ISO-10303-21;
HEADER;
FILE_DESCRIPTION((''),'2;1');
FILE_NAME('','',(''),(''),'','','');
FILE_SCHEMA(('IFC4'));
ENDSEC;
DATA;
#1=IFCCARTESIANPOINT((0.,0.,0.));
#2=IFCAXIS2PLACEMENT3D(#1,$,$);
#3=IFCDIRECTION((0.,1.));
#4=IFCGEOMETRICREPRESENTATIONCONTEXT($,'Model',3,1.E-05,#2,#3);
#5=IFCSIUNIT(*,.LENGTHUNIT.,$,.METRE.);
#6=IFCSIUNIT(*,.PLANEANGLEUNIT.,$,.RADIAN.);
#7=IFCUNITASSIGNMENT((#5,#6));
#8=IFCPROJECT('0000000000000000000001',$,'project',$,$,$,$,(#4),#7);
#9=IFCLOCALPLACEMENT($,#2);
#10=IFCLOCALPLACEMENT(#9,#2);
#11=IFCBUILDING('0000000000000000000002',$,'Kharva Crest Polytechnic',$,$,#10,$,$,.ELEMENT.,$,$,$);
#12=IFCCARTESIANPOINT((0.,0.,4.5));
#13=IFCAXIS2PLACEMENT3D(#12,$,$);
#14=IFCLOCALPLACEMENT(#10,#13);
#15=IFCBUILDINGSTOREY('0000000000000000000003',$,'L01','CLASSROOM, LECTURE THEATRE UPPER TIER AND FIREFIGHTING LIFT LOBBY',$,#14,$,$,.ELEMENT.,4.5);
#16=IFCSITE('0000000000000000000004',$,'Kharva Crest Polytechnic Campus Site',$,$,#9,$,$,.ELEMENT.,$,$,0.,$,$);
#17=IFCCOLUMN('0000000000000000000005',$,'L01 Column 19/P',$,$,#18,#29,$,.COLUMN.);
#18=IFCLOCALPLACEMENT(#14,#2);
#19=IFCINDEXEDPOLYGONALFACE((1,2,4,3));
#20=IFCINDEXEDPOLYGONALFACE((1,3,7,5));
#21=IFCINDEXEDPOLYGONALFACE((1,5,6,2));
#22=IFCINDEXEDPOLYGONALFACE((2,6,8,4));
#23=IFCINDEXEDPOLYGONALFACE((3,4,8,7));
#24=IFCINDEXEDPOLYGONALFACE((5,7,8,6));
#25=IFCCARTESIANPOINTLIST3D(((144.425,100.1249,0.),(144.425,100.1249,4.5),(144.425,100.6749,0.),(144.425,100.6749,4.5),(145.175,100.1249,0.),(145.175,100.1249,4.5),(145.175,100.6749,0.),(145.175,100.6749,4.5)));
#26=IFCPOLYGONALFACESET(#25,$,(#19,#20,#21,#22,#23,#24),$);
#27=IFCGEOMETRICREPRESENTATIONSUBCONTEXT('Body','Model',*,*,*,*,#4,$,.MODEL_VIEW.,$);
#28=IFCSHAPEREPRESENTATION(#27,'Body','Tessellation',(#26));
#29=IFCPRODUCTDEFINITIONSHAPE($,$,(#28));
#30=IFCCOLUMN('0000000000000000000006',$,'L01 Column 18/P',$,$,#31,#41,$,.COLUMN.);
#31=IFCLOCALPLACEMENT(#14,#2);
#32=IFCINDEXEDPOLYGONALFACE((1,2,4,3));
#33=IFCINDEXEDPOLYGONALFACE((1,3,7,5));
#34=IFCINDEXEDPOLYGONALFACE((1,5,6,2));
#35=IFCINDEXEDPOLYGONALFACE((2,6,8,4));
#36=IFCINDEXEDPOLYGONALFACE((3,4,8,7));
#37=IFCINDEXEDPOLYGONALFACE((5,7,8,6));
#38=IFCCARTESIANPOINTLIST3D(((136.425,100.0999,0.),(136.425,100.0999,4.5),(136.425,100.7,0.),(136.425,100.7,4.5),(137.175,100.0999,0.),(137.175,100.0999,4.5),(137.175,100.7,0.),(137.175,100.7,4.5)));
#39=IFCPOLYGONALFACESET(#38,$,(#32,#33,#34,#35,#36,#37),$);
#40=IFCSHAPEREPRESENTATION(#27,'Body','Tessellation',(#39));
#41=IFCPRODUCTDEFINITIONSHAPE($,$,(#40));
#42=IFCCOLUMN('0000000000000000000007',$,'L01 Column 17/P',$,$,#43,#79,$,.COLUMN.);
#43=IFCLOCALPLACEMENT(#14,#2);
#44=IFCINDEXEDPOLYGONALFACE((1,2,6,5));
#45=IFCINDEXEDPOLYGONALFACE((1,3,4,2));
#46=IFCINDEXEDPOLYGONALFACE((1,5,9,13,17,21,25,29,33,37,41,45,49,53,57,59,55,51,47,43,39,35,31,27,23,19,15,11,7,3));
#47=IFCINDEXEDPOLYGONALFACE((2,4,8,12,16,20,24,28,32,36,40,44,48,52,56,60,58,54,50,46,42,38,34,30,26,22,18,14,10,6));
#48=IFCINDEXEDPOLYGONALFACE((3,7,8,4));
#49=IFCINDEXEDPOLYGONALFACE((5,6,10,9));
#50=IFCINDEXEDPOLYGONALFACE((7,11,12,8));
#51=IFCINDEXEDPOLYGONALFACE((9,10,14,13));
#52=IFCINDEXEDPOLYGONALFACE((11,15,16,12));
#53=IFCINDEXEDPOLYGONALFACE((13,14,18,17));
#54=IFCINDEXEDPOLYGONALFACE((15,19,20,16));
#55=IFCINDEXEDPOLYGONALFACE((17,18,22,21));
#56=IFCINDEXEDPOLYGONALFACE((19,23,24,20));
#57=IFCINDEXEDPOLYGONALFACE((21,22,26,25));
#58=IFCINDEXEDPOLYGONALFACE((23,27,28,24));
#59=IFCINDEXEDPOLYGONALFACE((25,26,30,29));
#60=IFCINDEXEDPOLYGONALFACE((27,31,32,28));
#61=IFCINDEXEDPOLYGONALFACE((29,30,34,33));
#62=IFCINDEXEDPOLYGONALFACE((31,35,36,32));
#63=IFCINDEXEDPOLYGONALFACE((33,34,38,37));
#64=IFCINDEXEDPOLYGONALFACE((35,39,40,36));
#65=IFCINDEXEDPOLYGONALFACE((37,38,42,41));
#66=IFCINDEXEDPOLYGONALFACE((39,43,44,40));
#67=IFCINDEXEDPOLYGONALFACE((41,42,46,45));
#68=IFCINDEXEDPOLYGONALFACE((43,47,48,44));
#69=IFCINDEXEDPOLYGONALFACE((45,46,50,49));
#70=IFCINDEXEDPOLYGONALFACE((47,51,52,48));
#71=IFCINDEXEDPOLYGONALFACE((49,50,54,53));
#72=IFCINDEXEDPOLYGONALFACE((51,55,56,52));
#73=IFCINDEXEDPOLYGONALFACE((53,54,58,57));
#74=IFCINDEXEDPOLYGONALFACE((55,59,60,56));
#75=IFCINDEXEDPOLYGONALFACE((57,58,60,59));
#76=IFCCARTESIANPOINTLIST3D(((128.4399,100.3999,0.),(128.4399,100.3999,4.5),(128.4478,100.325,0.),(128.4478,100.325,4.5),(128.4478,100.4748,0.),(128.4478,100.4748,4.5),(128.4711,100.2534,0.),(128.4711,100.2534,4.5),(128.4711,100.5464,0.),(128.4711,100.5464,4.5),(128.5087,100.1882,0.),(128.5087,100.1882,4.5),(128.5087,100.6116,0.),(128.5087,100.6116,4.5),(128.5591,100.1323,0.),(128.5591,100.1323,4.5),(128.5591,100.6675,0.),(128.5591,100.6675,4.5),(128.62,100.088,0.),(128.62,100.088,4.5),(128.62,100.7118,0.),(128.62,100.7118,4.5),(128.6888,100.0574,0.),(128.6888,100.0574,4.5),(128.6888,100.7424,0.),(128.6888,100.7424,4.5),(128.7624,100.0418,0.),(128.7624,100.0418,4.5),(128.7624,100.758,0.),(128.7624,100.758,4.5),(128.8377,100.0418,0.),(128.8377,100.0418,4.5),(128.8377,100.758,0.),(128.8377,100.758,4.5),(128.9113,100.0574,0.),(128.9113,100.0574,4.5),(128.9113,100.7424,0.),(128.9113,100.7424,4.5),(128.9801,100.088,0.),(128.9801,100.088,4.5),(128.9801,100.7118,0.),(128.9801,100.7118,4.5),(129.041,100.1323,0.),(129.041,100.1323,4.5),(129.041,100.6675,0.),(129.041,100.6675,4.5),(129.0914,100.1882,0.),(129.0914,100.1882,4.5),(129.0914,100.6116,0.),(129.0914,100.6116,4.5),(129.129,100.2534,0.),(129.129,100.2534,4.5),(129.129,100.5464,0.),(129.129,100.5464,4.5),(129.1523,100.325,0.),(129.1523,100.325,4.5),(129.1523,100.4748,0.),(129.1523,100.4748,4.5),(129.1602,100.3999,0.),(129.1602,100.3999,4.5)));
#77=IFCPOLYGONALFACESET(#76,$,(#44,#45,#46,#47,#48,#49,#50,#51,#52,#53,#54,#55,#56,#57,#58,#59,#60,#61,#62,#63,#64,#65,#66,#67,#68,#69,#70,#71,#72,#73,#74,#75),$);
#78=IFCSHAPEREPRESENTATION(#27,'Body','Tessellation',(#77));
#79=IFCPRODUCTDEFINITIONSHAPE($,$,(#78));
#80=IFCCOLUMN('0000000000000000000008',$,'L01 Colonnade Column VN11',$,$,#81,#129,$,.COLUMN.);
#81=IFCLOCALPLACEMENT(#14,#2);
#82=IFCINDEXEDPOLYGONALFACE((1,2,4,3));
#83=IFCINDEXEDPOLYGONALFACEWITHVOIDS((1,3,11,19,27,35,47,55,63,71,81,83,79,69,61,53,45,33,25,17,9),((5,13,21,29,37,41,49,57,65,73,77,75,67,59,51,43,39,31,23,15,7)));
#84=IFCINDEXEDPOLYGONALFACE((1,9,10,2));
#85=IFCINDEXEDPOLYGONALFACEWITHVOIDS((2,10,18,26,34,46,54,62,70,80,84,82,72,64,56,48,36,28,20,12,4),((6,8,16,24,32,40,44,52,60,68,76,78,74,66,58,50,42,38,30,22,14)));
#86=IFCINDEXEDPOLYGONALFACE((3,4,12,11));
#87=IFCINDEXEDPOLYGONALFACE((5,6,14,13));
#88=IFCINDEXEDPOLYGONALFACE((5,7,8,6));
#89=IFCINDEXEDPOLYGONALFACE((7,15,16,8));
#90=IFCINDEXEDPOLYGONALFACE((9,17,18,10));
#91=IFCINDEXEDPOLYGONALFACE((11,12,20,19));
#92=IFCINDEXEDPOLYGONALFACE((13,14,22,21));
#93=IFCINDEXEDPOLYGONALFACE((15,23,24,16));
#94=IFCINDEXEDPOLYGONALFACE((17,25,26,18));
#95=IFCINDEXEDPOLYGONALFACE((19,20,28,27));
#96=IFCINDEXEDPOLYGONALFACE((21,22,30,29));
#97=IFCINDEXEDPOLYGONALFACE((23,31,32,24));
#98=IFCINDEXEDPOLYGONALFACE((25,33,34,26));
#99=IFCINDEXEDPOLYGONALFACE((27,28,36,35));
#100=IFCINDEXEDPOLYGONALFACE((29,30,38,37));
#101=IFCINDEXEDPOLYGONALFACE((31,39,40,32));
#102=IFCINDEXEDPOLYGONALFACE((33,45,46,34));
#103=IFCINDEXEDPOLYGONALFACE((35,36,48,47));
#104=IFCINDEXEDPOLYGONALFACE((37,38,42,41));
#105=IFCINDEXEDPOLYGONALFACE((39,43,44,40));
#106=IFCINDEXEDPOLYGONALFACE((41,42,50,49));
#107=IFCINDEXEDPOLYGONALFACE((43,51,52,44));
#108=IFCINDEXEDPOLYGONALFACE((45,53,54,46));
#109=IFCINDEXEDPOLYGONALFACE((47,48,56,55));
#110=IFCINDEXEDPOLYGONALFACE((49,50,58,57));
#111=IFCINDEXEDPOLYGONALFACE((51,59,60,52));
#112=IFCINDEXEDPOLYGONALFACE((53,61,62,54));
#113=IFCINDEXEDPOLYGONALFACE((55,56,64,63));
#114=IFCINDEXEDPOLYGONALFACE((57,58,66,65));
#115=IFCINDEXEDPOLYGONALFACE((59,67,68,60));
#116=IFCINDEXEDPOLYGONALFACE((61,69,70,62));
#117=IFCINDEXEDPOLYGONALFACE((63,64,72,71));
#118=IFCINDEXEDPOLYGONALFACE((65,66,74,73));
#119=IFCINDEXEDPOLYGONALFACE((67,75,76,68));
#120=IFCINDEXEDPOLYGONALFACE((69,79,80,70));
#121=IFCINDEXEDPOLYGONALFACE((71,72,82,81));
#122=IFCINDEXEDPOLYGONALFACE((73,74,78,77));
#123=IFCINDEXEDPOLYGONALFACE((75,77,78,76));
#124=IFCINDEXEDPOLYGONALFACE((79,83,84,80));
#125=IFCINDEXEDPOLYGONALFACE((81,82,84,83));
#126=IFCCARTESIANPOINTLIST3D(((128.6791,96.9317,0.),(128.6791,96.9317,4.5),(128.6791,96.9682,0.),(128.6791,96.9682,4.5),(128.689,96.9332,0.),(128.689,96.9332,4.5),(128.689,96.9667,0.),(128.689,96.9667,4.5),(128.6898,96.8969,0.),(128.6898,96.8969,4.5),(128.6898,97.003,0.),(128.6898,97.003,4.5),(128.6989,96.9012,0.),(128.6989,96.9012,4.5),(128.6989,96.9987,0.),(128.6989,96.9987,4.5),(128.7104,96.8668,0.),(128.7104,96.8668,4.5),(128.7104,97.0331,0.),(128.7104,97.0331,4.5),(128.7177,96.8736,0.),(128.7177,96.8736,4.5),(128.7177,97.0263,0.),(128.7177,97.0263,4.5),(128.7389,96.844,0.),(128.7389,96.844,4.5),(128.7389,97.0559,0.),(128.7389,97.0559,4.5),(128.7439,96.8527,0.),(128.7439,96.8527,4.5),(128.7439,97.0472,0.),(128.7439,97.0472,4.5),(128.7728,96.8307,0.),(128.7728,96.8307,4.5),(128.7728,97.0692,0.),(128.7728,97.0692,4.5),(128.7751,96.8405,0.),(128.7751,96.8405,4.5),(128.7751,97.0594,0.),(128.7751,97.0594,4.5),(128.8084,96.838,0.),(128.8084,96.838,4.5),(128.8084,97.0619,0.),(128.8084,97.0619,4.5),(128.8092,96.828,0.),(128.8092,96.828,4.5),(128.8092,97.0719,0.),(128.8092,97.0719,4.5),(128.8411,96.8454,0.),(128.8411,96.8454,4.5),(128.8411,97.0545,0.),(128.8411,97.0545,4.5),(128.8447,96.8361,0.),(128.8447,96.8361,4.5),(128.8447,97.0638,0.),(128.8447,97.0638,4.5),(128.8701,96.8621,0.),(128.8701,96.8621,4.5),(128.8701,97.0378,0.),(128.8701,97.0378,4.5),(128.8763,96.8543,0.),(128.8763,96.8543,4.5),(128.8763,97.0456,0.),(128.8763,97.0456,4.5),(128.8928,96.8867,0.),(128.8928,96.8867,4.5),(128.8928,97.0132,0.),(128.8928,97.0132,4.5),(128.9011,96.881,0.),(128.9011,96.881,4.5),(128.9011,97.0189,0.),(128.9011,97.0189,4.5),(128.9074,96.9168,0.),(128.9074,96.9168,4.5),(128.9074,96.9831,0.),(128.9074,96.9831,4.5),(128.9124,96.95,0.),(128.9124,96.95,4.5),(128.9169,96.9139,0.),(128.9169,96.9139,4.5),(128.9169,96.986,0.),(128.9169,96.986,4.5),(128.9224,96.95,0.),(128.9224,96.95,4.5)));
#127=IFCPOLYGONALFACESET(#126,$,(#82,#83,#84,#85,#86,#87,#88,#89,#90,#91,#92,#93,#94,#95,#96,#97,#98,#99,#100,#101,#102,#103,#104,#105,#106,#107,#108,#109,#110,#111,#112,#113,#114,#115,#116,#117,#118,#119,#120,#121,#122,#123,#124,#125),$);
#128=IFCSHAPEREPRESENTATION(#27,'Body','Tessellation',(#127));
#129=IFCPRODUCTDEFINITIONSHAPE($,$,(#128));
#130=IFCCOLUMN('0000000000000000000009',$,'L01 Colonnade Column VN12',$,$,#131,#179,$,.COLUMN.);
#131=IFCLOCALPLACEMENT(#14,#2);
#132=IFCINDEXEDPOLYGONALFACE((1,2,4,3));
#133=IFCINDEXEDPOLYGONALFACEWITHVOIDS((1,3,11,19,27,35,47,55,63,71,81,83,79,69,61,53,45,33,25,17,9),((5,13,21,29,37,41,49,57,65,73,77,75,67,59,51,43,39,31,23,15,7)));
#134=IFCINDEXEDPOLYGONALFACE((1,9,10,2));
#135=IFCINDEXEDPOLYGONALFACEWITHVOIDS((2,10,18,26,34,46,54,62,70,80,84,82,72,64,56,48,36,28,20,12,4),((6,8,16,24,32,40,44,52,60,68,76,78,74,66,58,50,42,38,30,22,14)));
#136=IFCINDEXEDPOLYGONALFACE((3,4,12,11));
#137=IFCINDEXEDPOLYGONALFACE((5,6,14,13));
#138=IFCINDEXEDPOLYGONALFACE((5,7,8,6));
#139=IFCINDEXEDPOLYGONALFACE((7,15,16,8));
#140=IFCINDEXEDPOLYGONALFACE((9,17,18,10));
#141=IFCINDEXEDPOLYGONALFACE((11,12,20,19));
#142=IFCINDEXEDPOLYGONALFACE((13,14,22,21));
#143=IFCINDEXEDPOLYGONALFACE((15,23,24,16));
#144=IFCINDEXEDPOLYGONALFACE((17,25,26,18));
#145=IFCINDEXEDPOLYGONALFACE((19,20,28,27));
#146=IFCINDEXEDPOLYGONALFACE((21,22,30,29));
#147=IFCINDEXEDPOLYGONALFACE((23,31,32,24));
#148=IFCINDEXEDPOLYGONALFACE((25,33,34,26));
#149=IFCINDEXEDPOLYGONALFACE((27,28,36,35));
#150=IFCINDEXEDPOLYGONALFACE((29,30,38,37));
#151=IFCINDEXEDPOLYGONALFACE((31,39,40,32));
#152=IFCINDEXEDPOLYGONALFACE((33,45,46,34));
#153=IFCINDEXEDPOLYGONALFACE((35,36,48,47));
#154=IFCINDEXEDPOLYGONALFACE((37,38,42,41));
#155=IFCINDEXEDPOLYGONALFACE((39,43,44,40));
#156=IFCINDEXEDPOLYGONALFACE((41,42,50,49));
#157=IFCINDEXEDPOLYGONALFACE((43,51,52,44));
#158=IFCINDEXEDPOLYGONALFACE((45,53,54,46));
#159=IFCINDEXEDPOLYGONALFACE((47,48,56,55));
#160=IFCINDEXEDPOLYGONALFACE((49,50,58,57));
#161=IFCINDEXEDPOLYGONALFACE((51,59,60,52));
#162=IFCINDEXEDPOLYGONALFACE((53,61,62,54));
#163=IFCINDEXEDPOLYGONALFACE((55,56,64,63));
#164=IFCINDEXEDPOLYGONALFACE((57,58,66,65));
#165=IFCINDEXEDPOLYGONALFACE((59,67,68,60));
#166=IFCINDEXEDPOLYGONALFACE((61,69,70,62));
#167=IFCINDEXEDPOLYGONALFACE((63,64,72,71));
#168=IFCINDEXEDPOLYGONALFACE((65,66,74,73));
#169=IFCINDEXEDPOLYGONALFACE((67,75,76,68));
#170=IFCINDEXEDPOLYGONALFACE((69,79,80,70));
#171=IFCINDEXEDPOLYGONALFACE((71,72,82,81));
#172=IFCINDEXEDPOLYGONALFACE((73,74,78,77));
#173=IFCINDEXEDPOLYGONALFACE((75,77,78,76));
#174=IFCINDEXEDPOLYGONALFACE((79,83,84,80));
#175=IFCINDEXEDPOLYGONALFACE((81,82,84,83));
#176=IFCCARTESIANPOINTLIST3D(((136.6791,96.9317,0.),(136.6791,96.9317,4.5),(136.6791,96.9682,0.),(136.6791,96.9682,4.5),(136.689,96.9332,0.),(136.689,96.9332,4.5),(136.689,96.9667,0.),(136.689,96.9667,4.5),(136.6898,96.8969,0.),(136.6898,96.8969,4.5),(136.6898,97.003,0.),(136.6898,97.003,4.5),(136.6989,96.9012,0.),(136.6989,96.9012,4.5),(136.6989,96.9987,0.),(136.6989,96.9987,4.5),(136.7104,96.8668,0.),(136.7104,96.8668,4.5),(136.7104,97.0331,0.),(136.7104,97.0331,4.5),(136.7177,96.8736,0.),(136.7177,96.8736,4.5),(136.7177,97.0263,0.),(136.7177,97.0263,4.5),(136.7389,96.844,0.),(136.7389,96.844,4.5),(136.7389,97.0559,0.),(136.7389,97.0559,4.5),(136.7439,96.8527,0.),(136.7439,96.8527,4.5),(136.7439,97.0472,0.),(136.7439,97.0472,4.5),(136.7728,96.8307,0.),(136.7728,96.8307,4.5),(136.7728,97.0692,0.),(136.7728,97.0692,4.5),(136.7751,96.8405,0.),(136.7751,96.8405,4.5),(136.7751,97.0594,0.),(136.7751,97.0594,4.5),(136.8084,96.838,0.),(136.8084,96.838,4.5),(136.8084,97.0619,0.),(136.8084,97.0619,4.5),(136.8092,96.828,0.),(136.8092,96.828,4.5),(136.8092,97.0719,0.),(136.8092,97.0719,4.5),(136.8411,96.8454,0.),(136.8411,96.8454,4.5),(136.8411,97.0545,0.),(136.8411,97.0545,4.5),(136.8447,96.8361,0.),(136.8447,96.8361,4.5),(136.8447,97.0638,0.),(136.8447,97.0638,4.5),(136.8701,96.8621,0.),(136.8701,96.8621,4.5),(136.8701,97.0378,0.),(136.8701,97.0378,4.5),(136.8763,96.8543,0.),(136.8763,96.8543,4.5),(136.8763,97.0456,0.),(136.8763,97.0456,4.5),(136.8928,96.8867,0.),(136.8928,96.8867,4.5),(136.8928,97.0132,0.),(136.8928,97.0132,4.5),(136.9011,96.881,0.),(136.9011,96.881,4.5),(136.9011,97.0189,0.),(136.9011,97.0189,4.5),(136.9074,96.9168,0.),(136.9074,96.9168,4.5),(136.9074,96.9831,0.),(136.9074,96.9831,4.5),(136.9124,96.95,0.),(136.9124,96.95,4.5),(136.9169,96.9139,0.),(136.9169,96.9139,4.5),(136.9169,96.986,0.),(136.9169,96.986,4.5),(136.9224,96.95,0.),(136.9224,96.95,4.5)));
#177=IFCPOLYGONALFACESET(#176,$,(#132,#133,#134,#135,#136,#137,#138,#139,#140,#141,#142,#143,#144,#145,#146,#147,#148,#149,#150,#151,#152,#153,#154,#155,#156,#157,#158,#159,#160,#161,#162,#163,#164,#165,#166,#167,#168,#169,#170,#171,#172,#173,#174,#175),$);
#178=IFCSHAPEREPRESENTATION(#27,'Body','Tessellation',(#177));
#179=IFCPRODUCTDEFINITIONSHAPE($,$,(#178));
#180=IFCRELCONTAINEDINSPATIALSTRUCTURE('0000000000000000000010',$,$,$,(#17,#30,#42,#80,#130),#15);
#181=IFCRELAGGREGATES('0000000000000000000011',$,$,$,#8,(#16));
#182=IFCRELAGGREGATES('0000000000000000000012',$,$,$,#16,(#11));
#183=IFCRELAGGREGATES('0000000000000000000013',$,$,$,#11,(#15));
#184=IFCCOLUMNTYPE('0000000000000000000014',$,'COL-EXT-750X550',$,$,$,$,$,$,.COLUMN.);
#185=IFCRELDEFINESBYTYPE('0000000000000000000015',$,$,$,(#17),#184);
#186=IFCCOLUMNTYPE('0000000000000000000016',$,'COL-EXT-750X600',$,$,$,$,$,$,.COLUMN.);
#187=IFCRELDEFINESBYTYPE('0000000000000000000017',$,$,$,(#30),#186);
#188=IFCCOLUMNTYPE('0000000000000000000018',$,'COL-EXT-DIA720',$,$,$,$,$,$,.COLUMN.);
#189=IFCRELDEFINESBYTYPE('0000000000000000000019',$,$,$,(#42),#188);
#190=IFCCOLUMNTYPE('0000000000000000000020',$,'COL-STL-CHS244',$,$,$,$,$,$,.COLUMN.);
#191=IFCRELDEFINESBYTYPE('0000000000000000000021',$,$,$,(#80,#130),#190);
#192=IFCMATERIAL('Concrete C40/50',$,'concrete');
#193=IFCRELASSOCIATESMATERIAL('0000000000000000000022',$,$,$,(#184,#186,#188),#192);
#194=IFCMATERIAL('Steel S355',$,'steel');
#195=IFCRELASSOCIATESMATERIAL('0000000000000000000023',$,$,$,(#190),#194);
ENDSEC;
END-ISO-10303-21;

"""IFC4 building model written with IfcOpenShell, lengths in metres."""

from ifc_helpers import new_model, si_unit, direction, frame, origin, origin_2d, place, context, subcontext, project, spatial, rectangle, circle, hollow_circle, extrude, material, material_profile, profile_set, type_object, element, save


model = new_model("IFC4")

# Units and contexts
model_context = context("Model", 3, precision=1e-05, world=origin(), true_north=direction((0.0, 1.0)))
body_context = subcontext(model_context, "Body", "Model", "MODEL_VIEW")
ifc_project = project(units=[si_unit("LENGTHUNIT", "METRE"), si_unit("PLANEANGLEUNIT", "RADIAN")], contexts=[model_context])

# Site, building, storey
site_placement = place(None, origin())
site = spatial("IfcSite", under=ifc_project, at=site_placement, Name="Kharva Crest Polytechnic Campus Site", CompositionType="ELEMENT", RefElevation=0.0)
building_placement = place(site_placement, origin())
building = spatial("IfcBuilding", under=site, at=building_placement, Name="Kharva Crest Polytechnic", CompositionType="ELEMENT")
storey_placement = place(building_placement, frame((0.0, 0.0, 4.5)))
storey = spatial("IfcBuildingStorey", under=building, at=storey_placement, Name="L01", Description="CLASSROOM, LECTURE THEATRE UPPER TIER AND FIREFIGHTING LIFT LOBBY", CompositionType="ELEMENT", Elevation=4.5)

# Columns
ifc_material_1 = material(Name="Concrete C40/50", Category="concrete")
ifc_material_profile_1 = material_profile(ifc_material_1, rectangle(XDim=0.75, YDim=0.55, at=origin_2d()), Name="RECT 750 X 550")
ifc_profile_set_1 = profile_set([ifc_material_profile_1], Name="Concrete C40/50")
column_type_1 = type_object("IfcColumnType", Name="COL-EXT-750X550", PredefinedType="COLUMN", material=ifc_profile_set_1)
column_1_placement = place(storey_placement, frame((144.8, 100.3999, 0.0), z_axis=(0.0, 0.0, 1.0), x_axis=(1.0, 0.0, 0.0)))
element("IfcColumn", 1, at=column_1_placement, inside=storey, type_object=column_type_1, Name="L01 Column 19/P", PredefinedType="COLUMN", context=body_context, shape_type="SweptSolid", body=[
    extrude(rectangle(XDim=0.75, YDim=0.55, at=origin_2d()), origin(), (0.0, 0.0, 1.0), 4.5),
])
ifc_material_profile_2 = material_profile(ifc_material_1, rectangle(XDim=0.75, YDim=0.6001, at=origin_2d()), Name="RECT 750 X 600")
ifc_profile_set_2 = profile_set([ifc_material_profile_2], Name="Concrete C40/50")
column_type_2 = type_object("IfcColumnType", Name="COL-EXT-750X600", PredefinedType="COLUMN", material=ifc_profile_set_2)
column_2_placement = place(storey_placement, frame((136.8, 100.3999, 0.0), z_axis=(0.0, 0.0, 1.0), x_axis=(1.0, 0.0, 0.0)))
element("IfcColumn", 2, at=column_2_placement, inside=storey, type_object=column_type_2, Name="L01 Column 18/P", PredefinedType="COLUMN", context=body_context, shape_type="SweptSolid", body=[
    extrude(rectangle(XDim=0.75, YDim=0.6001, at=origin_2d()), origin(), (0.0, 0.0, 1.0), 4.5),
])
ifc_material_profile_3 = material_profile(ifc_material_1, circle(Radius=0.3601, at=origin_2d()), Name="DIA 720")
ifc_profile_set_3 = profile_set([ifc_material_profile_3], Name="Concrete C40/50")
column_type_3 = type_object("IfcColumnType", Name="COL-EXT-DIA720", PredefinedType="COLUMN", material=ifc_profile_set_3)
column_3_placement = place(storey_placement, frame((128.8, 100.3999, 0.0), z_axis=(0.0, 0.0, 1.0), x_axis=(1.0, 0.0, 0.0)))
element("IfcColumn", 3, at=column_3_placement, inside=storey, type_object=column_type_3, Name="L01 Column 17/P", PredefinedType="COLUMN", context=body_context, shape_type="SweptSolid", body=[
    extrude(circle(Radius=0.3601, at=origin_2d()), origin(), (0.0, 0.0, 1.0), 4.5),
])
ifc_material_2 = material(Name="Steel S355", Category="steel")
ifc_material_profile_4 = material_profile(ifc_material_2, hollow_circle(Radius=0.1223, WallThickness=0.01, at=origin_2d()), Name="CHS 244.5X10.0")
ifc_profile_set_4 = profile_set([ifc_material_profile_4], Name="Steel S355")
column_type_4 = type_object("IfcColumnType", Name="COL-STL-CHS244", PredefinedType="COLUMN", material=ifc_profile_set_4)
for number, where, z_axis, x_axis, name in (
    (4, (128.8, 96.95, 0.0), (0.0, 0.0, 1.0), (1.0, 0.0, 0.0), "L01 Colonnade Column VN11"),
    (5, (136.8, 96.95, 0.0), (0.0, 0.0, 1.0), (1.0, 0.0, 0.0), "L01 Colonnade Column VN12"),
):
    element("IfcColumn", number, at=place(storey_placement, frame(where, z_axis=z_axis, x_axis=x_axis)), inside=storey, type_object=column_type_4, Name=name, PredefinedType="COLUMN", context=body_context, shape_type="SweptSolid", body=[
        extrude(hollow_circle(Radius=0.1223, WallThickness=0.01, at=origin_2d()), origin(), (0.0, 0.0, 1.0), 4.5),
    ])

save(model, "model.ifc")
